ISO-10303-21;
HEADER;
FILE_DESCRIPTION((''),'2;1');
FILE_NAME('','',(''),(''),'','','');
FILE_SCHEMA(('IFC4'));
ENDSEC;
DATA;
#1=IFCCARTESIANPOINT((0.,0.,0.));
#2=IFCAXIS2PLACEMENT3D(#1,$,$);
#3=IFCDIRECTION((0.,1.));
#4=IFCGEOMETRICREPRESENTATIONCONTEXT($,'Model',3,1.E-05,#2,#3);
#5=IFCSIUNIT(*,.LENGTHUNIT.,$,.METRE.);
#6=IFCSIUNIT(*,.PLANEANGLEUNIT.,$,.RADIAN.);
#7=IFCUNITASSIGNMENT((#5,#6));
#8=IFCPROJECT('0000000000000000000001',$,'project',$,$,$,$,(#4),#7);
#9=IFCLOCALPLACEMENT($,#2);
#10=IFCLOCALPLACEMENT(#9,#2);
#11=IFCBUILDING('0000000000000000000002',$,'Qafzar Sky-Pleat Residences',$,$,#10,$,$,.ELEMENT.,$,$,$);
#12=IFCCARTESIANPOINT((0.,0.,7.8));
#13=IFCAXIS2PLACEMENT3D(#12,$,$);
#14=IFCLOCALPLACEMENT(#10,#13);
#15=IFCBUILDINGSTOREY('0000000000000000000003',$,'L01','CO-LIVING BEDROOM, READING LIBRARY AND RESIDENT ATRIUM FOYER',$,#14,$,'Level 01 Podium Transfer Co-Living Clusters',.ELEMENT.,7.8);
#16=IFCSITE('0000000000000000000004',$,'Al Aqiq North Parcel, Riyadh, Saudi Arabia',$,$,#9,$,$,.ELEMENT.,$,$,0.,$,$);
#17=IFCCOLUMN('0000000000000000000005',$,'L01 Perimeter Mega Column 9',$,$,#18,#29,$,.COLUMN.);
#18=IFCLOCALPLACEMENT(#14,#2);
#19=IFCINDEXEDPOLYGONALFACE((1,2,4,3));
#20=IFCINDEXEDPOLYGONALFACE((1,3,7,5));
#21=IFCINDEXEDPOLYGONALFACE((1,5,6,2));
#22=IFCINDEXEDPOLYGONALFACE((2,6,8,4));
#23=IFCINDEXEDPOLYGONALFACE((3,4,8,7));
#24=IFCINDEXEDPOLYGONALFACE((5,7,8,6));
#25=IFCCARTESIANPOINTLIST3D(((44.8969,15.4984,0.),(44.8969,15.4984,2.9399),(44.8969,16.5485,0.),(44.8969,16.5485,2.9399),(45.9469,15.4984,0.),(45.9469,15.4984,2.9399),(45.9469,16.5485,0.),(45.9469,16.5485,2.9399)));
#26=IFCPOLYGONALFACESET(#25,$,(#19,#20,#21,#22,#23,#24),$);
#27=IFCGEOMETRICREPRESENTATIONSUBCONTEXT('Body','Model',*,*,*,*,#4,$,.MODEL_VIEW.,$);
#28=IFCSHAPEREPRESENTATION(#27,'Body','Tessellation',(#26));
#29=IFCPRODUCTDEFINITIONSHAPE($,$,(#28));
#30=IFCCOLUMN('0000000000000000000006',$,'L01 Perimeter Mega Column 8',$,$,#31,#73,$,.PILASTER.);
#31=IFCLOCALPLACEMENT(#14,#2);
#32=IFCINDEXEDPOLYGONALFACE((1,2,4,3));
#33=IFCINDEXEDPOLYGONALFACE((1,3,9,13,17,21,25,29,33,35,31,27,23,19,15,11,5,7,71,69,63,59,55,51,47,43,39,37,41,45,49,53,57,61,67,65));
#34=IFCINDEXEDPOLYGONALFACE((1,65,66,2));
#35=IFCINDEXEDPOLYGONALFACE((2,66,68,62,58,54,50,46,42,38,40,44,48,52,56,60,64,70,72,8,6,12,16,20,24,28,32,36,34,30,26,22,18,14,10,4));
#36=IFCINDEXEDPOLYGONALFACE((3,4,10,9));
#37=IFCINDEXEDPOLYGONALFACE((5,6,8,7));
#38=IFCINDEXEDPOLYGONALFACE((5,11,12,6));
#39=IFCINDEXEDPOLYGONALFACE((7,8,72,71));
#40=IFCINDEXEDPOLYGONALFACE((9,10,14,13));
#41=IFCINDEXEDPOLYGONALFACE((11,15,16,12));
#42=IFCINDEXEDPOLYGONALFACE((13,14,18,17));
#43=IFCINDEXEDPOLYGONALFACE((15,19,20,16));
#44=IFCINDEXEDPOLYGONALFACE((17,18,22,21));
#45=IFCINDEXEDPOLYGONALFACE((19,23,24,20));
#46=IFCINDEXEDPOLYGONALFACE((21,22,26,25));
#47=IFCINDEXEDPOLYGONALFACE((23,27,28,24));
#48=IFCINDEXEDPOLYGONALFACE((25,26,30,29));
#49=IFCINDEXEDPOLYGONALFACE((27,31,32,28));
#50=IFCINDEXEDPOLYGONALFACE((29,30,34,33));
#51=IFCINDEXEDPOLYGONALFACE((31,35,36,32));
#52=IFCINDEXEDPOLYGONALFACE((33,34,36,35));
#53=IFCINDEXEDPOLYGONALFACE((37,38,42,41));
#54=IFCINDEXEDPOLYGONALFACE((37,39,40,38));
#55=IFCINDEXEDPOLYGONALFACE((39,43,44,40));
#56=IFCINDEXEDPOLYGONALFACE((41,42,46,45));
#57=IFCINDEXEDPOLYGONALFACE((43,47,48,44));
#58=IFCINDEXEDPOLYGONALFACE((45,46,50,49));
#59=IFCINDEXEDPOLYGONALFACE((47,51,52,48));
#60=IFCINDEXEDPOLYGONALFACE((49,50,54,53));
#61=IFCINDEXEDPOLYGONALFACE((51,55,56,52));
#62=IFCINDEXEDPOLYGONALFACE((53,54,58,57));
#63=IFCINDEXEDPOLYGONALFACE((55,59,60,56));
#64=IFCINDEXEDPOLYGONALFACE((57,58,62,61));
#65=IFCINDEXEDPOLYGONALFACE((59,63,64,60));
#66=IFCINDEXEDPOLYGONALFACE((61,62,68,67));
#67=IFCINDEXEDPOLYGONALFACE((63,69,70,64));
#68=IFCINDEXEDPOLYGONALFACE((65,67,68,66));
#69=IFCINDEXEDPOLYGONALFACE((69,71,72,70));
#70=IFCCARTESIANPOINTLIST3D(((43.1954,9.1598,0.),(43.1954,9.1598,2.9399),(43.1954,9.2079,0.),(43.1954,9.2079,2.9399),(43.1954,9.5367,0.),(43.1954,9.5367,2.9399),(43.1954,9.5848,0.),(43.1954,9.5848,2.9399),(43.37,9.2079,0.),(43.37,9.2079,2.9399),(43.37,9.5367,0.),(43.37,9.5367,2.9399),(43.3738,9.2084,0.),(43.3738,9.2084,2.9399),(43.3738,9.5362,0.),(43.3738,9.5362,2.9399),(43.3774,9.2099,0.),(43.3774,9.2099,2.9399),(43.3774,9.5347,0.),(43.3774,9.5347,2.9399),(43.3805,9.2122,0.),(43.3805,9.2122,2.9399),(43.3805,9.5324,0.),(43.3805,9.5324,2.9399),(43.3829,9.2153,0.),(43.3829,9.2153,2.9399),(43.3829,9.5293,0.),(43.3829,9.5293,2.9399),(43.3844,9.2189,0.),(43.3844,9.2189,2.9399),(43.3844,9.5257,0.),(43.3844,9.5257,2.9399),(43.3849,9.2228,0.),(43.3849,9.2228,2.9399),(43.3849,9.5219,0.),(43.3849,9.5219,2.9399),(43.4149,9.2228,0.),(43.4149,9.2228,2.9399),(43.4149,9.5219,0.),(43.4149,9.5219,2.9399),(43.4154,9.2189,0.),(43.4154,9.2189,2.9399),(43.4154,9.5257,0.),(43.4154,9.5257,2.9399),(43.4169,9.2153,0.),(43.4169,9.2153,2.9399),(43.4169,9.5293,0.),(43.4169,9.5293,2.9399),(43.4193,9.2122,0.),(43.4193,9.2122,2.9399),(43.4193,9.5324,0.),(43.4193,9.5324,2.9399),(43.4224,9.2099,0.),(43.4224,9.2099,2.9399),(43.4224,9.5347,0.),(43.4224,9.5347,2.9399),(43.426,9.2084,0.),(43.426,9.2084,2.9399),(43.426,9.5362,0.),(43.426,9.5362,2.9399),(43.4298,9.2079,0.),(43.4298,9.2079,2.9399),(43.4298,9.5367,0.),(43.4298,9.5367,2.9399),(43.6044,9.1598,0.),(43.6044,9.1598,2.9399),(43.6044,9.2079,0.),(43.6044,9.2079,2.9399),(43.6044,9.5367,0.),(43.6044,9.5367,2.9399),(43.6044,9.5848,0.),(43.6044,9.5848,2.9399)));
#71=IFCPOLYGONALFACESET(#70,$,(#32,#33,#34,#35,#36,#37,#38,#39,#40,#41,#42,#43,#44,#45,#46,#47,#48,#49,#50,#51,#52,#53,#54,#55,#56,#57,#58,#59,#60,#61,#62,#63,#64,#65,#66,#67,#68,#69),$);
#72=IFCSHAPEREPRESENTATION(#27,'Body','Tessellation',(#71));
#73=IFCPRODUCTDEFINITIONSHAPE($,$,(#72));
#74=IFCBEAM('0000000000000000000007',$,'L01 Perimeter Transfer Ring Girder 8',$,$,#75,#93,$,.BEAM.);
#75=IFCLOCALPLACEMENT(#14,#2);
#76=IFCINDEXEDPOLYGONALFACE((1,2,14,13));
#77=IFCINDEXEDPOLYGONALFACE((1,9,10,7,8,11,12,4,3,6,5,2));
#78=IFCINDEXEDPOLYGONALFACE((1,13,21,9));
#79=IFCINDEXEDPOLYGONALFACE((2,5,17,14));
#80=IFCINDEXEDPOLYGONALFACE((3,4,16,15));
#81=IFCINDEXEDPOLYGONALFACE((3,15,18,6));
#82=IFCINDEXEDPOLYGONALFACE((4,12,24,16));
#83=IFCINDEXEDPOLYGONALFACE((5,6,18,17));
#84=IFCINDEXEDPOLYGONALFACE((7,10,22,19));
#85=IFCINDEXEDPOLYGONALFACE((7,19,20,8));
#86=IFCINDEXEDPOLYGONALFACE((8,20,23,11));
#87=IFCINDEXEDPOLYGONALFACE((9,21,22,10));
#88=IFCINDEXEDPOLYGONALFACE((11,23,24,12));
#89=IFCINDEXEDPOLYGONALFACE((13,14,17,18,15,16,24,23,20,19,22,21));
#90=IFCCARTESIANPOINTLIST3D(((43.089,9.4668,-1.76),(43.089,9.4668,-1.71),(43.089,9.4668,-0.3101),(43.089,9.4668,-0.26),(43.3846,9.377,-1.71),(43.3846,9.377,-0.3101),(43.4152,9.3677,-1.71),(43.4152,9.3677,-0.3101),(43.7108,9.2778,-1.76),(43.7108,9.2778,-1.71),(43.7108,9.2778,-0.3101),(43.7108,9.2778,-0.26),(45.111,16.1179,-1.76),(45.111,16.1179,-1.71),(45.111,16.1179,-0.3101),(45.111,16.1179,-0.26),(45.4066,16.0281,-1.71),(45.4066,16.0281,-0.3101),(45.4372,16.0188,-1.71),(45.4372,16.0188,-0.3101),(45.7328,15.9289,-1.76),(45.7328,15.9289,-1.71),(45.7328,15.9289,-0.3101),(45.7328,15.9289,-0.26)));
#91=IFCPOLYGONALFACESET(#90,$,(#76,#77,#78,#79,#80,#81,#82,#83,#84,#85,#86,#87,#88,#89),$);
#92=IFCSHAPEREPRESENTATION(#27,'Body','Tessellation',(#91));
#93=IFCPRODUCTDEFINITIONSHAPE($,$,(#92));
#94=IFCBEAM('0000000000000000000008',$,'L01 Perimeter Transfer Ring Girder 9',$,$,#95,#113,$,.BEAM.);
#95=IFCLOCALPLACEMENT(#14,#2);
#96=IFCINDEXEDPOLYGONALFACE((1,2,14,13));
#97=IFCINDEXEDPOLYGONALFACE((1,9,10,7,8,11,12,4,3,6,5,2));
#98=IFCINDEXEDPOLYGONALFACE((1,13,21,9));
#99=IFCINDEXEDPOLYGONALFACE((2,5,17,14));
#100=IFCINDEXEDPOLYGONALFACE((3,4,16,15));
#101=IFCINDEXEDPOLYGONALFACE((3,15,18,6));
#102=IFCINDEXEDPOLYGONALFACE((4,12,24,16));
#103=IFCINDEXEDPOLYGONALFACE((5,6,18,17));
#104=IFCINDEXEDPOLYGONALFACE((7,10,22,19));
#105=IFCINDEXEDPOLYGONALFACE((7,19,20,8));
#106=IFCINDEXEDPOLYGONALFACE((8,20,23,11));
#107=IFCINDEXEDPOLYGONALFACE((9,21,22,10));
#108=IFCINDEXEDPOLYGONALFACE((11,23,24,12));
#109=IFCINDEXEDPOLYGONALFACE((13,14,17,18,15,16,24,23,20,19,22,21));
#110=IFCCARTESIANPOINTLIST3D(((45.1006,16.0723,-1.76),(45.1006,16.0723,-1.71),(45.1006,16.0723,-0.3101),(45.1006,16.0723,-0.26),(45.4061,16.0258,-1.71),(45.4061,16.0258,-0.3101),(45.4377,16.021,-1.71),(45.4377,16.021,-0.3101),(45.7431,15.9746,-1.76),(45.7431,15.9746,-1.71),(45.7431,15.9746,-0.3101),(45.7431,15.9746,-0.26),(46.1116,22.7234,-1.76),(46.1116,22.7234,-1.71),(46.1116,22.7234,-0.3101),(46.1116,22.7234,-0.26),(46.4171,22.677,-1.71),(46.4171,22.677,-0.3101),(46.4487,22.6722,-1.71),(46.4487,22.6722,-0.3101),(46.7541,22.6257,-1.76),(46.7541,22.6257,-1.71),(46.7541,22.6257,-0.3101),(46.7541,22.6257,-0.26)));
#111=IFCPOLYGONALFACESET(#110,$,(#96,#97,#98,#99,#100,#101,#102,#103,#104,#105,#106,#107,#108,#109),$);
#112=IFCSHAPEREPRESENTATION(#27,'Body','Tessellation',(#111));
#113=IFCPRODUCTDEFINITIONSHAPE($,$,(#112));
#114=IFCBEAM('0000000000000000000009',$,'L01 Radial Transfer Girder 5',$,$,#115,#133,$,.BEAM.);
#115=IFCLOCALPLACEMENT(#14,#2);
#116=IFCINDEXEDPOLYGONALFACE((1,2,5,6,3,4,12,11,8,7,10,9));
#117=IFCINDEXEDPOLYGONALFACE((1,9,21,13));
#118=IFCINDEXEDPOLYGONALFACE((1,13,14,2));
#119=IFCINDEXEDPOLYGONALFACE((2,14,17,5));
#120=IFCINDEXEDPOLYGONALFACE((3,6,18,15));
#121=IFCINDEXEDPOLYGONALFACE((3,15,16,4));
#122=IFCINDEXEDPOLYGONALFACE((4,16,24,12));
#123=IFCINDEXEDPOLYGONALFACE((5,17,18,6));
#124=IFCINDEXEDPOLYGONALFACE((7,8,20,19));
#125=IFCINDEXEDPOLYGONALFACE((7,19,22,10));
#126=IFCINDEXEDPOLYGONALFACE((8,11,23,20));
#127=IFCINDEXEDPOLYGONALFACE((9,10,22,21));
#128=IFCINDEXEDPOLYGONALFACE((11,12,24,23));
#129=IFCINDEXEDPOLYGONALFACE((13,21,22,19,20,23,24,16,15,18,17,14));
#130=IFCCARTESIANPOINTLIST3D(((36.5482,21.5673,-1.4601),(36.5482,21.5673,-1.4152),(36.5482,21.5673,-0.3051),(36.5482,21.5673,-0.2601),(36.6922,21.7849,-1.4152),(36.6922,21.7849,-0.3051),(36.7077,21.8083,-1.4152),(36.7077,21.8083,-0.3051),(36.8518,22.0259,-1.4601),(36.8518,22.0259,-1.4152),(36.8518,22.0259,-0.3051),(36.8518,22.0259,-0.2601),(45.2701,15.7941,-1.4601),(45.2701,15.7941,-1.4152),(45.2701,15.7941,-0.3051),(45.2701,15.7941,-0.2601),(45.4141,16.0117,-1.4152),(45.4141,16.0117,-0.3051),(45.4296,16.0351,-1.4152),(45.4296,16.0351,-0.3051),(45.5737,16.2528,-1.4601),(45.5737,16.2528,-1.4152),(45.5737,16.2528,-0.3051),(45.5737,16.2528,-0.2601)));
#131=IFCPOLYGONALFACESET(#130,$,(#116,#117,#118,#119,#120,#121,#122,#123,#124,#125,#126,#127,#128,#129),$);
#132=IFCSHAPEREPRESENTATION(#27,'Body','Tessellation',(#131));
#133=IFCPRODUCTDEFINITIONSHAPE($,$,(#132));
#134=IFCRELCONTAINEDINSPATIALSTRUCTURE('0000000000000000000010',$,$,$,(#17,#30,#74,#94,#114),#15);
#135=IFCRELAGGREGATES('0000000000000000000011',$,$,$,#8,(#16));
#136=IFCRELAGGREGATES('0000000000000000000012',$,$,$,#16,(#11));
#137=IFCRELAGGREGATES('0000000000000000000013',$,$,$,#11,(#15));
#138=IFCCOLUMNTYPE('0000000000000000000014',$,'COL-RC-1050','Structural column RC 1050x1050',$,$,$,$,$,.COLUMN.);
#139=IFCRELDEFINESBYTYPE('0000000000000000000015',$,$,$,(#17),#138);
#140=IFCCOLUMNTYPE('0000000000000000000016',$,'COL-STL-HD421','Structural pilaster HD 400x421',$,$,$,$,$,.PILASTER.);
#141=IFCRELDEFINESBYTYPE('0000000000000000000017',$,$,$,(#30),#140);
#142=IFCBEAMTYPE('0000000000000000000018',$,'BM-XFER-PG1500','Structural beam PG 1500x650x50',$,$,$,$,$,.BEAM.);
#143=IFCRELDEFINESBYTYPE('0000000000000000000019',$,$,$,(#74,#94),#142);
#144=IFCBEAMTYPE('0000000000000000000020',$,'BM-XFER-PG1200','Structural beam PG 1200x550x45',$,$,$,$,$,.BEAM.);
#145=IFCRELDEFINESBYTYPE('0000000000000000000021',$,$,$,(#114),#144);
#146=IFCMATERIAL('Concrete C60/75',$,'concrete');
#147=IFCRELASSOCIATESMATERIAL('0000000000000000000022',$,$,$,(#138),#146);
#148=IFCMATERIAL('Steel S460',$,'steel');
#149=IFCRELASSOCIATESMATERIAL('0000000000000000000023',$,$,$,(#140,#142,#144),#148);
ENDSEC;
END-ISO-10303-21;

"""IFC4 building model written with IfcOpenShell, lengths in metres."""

from ifc_helpers import new_model, si_unit, direction, frame, origin, origin_2d, place, context, subcontext, project, spatial, rectangle, i_section, extrude, source, transform, mapped, material, material_profile, profile_set, type_object, element, save


model = new_model("IFC4")

# Units and contexts
model_context = context("Model", 3, precision=1e-05, world=origin(), true_north=direction((0.0, 1.0)))
body_context = subcontext(model_context, "Body", "Model", "MODEL_VIEW")
ifc_project = project(units=[si_unit("LENGTHUNIT", "METRE"), si_unit("PLANEANGLEUNIT", "RADIAN")], contexts=[model_context])

# Site, building, storey
site_placement = place(None, origin())
site = spatial("IfcSite", under=ifc_project, at=site_placement, Name="Al Aqiq North Parcel, Riyadh, Saudi Arabia", CompositionType="ELEMENT", RefElevation=0.0)
building_placement = place(site_placement, origin())
building = spatial("IfcBuilding", under=site, at=building_placement, Name="Qafzar Sky-Pleat Residences", CompositionType="ELEMENT")
storey_placement = place(building_placement, frame((0.0, 0.0, 7.8)))
storey = spatial("IfcBuildingStorey", under=building, at=storey_placement, Name="L01", Description="CO-LIVING BEDROOM, READING LIBRARY AND RESIDENT ATRIUM FOYER", LongName="Level 01 Podium Transfer Co-Living Clusters", CompositionType="ELEMENT", Elevation=7.8)

# Columns
ifc_material_1 = material(Name="Concrete C60/75", Category="concrete")
ifc_material_profile_1 = material_profile(ifc_material_1, rectangle(XDim=1.05, YDim=1.05, at=origin_2d()), Name="RC 1050x1050")
ifc_profile_set_1 = profile_set([ifc_material_profile_1], Name="Concrete C60/75")
column_type_1 = type_object("IfcColumnType", Name="COL-RC-1050", Description="Structural column RC 1050x1050", PredefinedType="COLUMN", material=ifc_profile_set_1)
shared_shape_1 = source(origin(), body_context, "Body", "SweptSolid", [
    extrude(rectangle(XDim=1.05, YDim=1.05, at=origin_2d()), origin(), (0.0, 0.0, 1.0), 2.9399),
])
column_1_placement = place(storey_placement, frame((45.4219, 16.0234, 0.0), z_axis=(0.0, 0.0, 1.0), x_axis=(1.0, 0.0, 0.0)))
element("IfcColumn", 1, at=column_1_placement, inside=storey, type_object=column_type_1, Name="L01 Perimeter Mega Column 9", PredefinedType="COLUMN", context=body_context, shape_type="MappedRepresentation", body=[
    mapped(shared_shape_1, transform((0.0, 0.0, 0.0), x_axis=(1.0, 0.0, 0.0), y_axis=(0.0, 1.0, 0.0), z_axis=(0.0, 0.0, 1.0), scale=1.0)),
])
ifc_material_2 = material(Name="Steel S460", Category="steel")
ifc_material_profile_2 = material_profile(ifc_material_2, i_section(OverallWidth=0.4089, OverallDepth=0.425, WebThickness=0.03, FlangeThickness=0.0481, FilletRadius=0.0149, at=origin_2d()), Name="HD 400x421")
ifc_profile_set_2 = profile_set([ifc_material_profile_2], Name="Steel S460")
column_type_2 = type_object("IfcColumnType", Name="COL-STL-HD421", Description="Structural pilaster HD 400x421", PredefinedType="PILASTER", material=ifc_profile_set_2)
shared_shape_2 = source(origin(), body_context, "Body", "SweptSolid", [
    extrude(i_section(OverallWidth=0.4089, OverallDepth=0.425, WebThickness=0.03, FlangeThickness=0.0481, FilletRadius=0.0149, at=origin_2d()), origin(), (0.0, 0.0, 1.0), 2.9399),
])
column_2_placement = place(storey_placement, frame((43.3999, 9.3723, 0.0), z_axis=(0.0, 0.0, 1.0), x_axis=(1.0, 0.0, 0.0)))
element("IfcColumn", 2, at=column_2_placement, inside=storey, type_object=column_type_2, Name="L01 Perimeter Mega Column 8", PredefinedType="PILASTER", context=body_context, shape_type="MappedRepresentation", body=[
    mapped(shared_shape_2, transform((0.0, 0.0, 0.0), x_axis=(1.0, 0.0, 0.0), y_axis=(0.0, 1.0, 0.0), z_axis=(0.0, 0.0, 1.0), scale=1.0)),
])

# Beams
ifc_material_profile_3 = material_profile(ifc_material_2, i_section(OverallWidth=0.6499, OverallDepth=1.5, WebThickness=0.032, FlangeThickness=0.05, at=origin_2d()), Name="PG 1500x650x50")
ifc_profile_set_3 = profile_set([ifc_material_profile_3], Name="Steel S460")
beam_type_1 = type_object("IfcBeamType", Name="BM-XFER-PG1500", Description="Structural beam PG 1500x650x50", PredefinedType="BEAM", material=ifc_profile_set_3)
shared_shape_3 = source(origin(), body_context, "Body", "SweptSolid", [
    extrude(i_section(OverallWidth=0.6499, OverallDepth=1.5, WebThickness=0.032, FlangeThickness=0.05, at=origin_2d()), origin(), (0.0, 0.0, 1.0), 6.9517),
])
beam_1_placement = place(storey_placement, frame((43.3999, 9.3723, -1.01), z_axis=(0.290861, 0.956765, 0.0), x_axis=(-0.956765, 0.290861, 0.0)))
element("IfcBeam", 3, at=beam_1_placement, inside=storey, type_object=beam_type_1, Name="L01 Perimeter Transfer Ring Girder 8", PredefinedType="BEAM", context=body_context, shape_type="MappedRepresentation", body=[
    mapped(shared_shape_3, transform((0.0, 0.0, 0.0), x_axis=(1.0, 0.0, 0.0), y_axis=(0.0, 1.0, 0.0), z_axis=(0.0, 0.0, 1.0), scale=1.0)),
])
shared_shape_4 = source(origin(), body_context, "Body", "SweptSolid", [
    extrude(i_section(OverallWidth=0.6499, OverallDepth=1.5, WebThickness=0.032, FlangeThickness=0.05, at=origin_2d()), origin(), (0.0, 0.0, 1.0), 6.7275),
])
beam_2_placement = place(storey_placement, frame((45.4219, 16.0234, -1.01), z_axis=(0.150276, 0.988644, 0.0), x_axis=(-0.988644, 0.150276, 0.0)))
element("IfcBeam", 4, at=beam_2_placement, inside=storey, type_object=beam_type_1, Name="L01 Perimeter Transfer Ring Girder 9", PredefinedType="BEAM", context=body_context, shape_type="MappedRepresentation", body=[
    mapped(shared_shape_4, transform((0.0, 0.0, 0.0), x_axis=(1.0, 0.0, 0.0), y_axis=(0.0, 1.0, 0.0), z_axis=(0.0, 0.0, 1.0), scale=1.0)),
])
ifc_material_profile_4 = material_profile(ifc_material_2, i_section(OverallWidth=0.55, OverallDepth=1.2, WebThickness=0.0281, FlangeThickness=0.0449, at=origin_2d()), Name="PG 1200x550x45")
ifc_profile_set_4 = profile_set([ifc_material_profile_4], Name="Steel S460")
beam_type_2 = type_object("IfcBeamType", Name="BM-XFER-PG1200", Description="Structural beam PG 1200x550x45", PredefinedType="BEAM", material=ifc_profile_set_4)
shared_shape_5 = source(origin(), body_context, "Body", "SweptSolid", [
    extrude(i_section(OverallWidth=0.55, OverallDepth=1.2, WebThickness=0.0281, FlangeThickness=0.0449, at=origin_2d()), origin(), (0.0, 0.0, 1.0), 10.4595),
])
beam_3_placement = place(storey_placement, frame((45.4219, 16.0234, -0.8601), z_axis=(-0.833874, 0.551955, 0.0), x_axis=(-0.551955, -0.833874, 0.0)))
element("IfcBeam", 5, at=beam_3_placement, inside=storey, type_object=beam_type_2, Name="L01 Radial Transfer Girder 5", PredefinedType="BEAM", context=body_context, shape_type="MappedRepresentation", body=[
    mapped(shared_shape_5, transform((0.0, 0.0, 0.0), x_axis=(1.0, 0.0, 0.0), y_axis=(0.0, 1.0, 0.0), z_axis=(0.0, 0.0, 1.0), scale=1.0)),
])

save(model, "model.ifc")
